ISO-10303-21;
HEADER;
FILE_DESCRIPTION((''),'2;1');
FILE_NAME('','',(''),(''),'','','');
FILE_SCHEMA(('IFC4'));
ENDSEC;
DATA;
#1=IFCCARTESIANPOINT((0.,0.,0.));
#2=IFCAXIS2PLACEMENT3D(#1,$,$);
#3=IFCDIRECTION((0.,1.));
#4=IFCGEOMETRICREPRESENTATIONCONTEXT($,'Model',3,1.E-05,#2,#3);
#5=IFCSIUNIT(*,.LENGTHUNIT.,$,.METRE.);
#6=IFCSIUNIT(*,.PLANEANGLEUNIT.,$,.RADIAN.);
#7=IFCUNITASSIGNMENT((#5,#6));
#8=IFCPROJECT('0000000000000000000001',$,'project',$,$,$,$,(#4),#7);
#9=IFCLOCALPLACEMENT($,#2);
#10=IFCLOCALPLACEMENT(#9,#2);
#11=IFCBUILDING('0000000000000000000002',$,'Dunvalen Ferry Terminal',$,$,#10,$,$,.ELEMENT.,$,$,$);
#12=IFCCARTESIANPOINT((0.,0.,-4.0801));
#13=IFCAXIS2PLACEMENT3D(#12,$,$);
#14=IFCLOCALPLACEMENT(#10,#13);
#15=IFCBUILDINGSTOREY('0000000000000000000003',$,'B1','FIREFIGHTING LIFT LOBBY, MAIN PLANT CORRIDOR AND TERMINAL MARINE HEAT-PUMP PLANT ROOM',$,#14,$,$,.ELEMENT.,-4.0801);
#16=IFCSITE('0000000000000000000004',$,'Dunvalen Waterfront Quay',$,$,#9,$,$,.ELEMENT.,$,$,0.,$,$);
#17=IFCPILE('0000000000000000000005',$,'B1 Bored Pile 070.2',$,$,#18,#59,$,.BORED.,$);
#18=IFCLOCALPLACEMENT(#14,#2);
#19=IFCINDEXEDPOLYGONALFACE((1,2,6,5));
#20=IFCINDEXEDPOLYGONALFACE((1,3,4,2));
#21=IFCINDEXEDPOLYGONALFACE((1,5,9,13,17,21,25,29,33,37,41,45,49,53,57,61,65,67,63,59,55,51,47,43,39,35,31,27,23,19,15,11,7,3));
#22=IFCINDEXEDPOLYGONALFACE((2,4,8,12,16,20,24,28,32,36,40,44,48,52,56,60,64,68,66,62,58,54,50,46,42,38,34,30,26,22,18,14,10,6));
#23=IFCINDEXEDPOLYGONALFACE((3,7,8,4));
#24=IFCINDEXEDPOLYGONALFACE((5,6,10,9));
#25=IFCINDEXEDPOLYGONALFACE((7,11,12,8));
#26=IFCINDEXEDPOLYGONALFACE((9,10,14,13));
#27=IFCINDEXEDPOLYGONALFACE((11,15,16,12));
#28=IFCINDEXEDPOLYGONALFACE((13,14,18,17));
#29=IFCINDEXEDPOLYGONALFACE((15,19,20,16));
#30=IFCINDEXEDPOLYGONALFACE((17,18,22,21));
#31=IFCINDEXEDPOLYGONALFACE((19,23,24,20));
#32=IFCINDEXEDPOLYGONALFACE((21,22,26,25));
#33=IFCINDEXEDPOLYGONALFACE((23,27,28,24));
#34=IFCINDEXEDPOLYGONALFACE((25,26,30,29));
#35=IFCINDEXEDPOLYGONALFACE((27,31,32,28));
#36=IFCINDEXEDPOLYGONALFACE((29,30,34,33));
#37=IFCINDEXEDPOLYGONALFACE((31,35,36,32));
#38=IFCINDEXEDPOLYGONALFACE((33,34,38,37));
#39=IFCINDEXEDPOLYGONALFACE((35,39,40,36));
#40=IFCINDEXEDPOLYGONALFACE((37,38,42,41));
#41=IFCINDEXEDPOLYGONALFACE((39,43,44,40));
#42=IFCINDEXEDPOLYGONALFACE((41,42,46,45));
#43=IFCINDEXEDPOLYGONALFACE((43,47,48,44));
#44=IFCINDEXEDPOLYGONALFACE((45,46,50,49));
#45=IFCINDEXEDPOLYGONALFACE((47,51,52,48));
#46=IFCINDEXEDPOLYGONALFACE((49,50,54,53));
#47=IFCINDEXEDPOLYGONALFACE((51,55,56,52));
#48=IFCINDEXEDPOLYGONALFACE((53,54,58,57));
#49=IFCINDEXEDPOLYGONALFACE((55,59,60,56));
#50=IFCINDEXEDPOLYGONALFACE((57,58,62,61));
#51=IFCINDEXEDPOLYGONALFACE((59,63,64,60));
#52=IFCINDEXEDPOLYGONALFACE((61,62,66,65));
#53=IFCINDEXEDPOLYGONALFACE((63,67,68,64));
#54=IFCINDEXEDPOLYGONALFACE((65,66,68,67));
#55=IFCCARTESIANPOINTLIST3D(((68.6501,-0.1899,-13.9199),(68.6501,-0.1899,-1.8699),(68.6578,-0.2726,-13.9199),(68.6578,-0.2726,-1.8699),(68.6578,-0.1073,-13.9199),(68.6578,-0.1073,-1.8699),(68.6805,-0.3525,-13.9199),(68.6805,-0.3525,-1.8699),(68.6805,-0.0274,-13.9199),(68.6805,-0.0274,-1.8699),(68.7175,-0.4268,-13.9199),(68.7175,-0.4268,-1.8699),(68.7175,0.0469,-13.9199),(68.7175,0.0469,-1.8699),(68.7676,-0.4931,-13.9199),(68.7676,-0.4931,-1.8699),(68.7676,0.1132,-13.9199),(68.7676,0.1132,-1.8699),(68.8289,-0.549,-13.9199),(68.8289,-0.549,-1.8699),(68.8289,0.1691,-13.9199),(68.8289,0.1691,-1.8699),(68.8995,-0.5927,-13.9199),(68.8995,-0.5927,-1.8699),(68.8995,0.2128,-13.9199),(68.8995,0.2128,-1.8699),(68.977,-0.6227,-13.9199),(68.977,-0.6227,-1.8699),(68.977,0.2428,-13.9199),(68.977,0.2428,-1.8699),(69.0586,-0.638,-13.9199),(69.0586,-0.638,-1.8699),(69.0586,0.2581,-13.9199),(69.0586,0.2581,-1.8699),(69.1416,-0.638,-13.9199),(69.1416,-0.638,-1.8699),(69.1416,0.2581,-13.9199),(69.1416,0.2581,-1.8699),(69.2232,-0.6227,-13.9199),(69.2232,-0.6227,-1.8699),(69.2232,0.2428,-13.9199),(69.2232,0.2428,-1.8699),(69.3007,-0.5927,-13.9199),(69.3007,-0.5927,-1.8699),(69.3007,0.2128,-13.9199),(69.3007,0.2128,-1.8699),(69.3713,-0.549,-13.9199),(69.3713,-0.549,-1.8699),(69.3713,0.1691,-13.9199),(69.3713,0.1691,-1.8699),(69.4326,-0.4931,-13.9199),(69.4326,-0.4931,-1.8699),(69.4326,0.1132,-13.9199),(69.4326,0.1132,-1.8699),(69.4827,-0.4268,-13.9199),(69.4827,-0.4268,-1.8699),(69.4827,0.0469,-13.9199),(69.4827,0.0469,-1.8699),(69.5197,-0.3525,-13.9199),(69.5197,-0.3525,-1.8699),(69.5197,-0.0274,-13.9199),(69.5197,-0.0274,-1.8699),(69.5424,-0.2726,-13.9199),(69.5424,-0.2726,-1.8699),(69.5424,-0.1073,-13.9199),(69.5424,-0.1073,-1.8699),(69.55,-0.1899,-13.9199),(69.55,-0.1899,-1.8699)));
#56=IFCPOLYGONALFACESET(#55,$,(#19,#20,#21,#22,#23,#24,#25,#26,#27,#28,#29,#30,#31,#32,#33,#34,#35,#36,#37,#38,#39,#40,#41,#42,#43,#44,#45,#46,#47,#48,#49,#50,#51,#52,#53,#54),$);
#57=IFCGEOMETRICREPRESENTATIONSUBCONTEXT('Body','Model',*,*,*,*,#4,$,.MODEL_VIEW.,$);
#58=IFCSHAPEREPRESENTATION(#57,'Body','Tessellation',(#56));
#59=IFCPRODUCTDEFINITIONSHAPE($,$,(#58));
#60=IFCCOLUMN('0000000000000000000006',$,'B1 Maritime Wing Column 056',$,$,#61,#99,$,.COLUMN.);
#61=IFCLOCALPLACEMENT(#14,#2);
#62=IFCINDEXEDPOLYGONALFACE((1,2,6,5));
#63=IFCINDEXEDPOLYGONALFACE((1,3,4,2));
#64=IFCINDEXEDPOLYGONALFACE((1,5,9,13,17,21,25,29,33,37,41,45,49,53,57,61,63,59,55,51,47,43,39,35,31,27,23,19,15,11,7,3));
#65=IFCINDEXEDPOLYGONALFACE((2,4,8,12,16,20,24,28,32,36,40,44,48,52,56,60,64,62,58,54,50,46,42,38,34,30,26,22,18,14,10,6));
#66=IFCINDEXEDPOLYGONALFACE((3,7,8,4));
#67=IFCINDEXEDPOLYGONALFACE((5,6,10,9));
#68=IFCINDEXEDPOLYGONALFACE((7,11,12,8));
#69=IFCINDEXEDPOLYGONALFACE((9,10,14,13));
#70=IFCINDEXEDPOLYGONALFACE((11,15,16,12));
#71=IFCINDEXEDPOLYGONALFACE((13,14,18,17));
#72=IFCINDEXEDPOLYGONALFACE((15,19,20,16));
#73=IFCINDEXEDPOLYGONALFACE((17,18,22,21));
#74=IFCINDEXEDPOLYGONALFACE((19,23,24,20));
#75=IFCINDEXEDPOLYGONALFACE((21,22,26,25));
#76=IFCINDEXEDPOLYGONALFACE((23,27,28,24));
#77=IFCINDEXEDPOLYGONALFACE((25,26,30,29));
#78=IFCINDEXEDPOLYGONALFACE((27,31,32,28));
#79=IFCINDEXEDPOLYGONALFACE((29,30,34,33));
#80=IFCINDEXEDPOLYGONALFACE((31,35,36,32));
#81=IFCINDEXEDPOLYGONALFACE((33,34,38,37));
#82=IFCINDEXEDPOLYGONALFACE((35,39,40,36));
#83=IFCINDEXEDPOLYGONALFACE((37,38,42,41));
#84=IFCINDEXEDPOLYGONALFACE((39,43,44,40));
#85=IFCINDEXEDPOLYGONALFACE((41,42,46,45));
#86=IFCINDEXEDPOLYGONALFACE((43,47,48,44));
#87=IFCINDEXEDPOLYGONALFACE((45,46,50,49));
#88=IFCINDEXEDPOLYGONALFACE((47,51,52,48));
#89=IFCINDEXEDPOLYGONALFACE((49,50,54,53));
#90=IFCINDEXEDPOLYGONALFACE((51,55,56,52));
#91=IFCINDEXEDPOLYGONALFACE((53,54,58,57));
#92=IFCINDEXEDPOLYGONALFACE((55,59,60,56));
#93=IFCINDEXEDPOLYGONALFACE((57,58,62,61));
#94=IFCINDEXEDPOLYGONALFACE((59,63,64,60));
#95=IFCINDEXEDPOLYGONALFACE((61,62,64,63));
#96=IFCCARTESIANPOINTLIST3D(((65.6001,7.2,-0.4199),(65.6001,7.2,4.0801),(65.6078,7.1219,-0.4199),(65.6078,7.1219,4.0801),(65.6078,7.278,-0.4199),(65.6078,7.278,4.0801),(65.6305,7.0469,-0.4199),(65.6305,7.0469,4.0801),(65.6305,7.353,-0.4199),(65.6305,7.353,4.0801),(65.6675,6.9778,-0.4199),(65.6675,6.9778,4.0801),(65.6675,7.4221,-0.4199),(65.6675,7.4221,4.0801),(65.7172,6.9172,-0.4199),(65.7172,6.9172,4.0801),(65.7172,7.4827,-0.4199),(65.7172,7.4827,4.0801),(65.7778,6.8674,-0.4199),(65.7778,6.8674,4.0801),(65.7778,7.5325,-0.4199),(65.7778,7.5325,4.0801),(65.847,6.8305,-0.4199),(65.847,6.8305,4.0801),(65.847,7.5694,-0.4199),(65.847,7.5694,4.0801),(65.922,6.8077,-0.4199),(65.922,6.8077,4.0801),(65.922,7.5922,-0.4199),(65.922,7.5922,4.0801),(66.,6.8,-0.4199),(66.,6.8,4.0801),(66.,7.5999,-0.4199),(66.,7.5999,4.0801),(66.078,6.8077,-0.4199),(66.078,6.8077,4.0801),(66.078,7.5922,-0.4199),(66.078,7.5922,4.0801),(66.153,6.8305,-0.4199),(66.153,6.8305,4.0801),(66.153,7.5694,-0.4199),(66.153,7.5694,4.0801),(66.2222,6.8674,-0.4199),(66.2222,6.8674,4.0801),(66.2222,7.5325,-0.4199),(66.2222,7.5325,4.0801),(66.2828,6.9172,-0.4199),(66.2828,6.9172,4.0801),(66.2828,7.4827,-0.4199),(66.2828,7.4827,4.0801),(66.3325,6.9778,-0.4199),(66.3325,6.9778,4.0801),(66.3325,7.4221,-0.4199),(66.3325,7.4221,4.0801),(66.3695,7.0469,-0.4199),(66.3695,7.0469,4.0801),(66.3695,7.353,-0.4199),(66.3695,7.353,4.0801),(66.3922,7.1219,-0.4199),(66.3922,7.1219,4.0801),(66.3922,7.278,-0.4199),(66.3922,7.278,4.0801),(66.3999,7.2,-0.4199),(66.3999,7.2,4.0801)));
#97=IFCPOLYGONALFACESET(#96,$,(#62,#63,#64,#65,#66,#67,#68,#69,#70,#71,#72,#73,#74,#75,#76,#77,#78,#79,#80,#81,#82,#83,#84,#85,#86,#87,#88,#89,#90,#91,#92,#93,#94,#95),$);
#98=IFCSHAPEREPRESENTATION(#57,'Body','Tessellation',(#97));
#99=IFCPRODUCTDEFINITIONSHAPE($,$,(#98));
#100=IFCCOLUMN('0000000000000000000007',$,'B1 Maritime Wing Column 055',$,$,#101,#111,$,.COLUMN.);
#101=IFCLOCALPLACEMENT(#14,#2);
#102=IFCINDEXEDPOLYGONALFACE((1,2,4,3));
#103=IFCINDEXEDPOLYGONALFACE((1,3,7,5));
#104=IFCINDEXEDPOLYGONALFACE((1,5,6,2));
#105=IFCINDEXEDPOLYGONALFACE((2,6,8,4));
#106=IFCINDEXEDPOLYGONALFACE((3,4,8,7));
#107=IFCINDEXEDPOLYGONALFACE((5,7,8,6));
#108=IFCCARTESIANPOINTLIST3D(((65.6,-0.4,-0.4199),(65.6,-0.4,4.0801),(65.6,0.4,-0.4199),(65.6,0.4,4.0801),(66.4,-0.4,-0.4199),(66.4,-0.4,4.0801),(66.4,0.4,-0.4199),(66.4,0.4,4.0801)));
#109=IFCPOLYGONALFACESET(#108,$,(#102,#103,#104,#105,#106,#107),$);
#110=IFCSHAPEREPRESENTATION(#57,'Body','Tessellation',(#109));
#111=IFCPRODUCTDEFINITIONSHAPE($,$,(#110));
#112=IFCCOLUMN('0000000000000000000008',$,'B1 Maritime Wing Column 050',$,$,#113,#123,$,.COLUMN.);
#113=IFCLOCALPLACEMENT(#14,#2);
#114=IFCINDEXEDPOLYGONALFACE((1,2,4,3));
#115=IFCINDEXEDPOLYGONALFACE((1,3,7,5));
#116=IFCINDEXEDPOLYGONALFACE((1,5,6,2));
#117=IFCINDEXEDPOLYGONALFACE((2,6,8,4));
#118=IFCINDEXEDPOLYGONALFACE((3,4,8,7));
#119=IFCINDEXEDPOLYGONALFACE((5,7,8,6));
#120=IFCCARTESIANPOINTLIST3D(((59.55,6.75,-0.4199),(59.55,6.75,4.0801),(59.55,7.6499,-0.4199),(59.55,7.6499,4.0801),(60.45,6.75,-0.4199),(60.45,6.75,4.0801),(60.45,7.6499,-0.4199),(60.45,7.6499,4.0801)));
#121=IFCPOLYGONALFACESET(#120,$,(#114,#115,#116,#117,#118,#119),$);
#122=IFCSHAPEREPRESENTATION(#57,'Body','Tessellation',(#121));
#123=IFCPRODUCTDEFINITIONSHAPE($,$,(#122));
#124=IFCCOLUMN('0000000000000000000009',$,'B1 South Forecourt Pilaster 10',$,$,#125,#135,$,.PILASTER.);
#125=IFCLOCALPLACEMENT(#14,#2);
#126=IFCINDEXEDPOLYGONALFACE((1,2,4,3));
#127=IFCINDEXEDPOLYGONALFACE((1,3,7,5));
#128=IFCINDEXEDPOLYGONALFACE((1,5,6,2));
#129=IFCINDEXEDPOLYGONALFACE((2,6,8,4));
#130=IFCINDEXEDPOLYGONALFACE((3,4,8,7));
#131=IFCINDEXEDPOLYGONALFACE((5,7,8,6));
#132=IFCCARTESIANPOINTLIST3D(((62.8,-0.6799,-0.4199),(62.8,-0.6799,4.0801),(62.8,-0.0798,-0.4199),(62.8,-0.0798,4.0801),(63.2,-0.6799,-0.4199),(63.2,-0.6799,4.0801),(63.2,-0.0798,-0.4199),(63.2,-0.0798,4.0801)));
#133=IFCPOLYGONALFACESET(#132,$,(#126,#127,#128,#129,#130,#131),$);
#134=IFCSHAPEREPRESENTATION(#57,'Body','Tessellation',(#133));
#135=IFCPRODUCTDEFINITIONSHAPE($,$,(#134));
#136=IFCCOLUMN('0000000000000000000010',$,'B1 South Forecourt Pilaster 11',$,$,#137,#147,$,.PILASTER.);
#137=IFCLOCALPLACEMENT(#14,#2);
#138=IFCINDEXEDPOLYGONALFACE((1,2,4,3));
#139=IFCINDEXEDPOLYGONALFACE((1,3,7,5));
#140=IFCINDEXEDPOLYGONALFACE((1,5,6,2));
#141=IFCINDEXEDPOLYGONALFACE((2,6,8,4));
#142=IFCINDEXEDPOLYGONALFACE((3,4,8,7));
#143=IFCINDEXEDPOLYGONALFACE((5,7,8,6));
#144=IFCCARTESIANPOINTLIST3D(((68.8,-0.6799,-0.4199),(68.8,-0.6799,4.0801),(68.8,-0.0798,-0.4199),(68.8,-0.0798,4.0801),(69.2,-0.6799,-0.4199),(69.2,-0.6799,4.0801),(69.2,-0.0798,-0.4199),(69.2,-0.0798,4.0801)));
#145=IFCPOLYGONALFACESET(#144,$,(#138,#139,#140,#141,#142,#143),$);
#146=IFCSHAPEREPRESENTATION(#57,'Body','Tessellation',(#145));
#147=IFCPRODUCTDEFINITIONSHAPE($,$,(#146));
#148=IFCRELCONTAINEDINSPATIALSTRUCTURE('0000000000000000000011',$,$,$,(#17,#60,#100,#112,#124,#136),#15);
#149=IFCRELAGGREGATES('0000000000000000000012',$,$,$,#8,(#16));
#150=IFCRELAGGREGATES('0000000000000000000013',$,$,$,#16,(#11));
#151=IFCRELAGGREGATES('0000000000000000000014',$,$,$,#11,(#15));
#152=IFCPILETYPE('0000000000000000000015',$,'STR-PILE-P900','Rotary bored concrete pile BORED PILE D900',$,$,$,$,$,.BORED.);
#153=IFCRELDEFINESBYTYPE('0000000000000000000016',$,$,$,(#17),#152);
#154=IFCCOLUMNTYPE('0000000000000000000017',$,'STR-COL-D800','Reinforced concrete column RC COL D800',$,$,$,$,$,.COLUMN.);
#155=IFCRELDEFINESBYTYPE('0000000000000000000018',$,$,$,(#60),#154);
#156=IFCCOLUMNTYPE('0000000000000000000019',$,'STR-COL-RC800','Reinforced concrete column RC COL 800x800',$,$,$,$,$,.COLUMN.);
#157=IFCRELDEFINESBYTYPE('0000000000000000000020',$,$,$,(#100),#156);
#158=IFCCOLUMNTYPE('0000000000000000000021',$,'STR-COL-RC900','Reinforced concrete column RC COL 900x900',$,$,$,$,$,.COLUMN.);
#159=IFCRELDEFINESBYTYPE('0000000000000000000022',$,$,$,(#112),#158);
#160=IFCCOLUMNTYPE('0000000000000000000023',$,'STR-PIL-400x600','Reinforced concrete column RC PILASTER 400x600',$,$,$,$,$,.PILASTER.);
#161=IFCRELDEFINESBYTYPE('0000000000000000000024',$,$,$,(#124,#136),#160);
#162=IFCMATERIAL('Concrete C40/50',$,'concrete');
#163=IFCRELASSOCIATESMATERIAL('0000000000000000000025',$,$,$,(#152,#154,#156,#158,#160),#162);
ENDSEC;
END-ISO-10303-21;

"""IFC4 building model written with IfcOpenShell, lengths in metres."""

from ifc_helpers import new_model, si_unit, direction, frame, origin, origin_2d, place, context, subcontext, project, spatial, rectangle, circle, extrude, material, material_profile, profile_set, type_object, element, save


model = new_model("IFC4")

# Units and contexts
model_context = context("Model", 3, precision=1e-05, world=origin(), true_north=direction((0.0, 1.0)))
body_context = subcontext(model_context, "Body", "Model", "MODEL_VIEW")
ifc_project = project(units=[si_unit("LENGTHUNIT", "METRE"), si_unit("PLANEANGLEUNIT", "RADIAN")], contexts=[model_context])

# Site, building, storey
site_placement = place(None, origin())
site = spatial("IfcSite", under=ifc_project, at=site_placement, Name="Dunvalen Waterfront Quay", CompositionType="ELEMENT", RefElevation=0.0)
building_placement = place(site_placement, origin())
building = spatial("IfcBuilding", under=site, at=building_placement, Name="Dunvalen Ferry Terminal", CompositionType="ELEMENT")
storey_placement = place(building_placement, frame((0.0, 0.0, -4.0801)))
storey = spatial("IfcBuildingStorey", under=building, at=storey_placement, Name="B1", Description="FIREFIGHTING LIFT LOBBY, MAIN PLANT CORRIDOR AND TERMINAL MARINE HEAT-PUMP PLANT ROOM", CompositionType="ELEMENT", Elevation=-4.0801)

# Shared definitions
ifc_material = material(Name="Concrete C40/50", Category="concrete")

# Pile
ifc_material_profile_1 = material_profile(ifc_material, circle(Radius=0.45, at=origin_2d()), Name="Concrete C40/50")
ifc_profile_set_1 = profile_set([ifc_material_profile_1], Name="Concrete C40/50")
pile_type_1 = type_object("IfcPileType", Name="STR-PILE-P900", Description="Rotary bored concrete pile BORED PILE D900", PredefinedType="BORED", material=ifc_profile_set_1)
for number, where, z_axis, x_axis, name in (
    (1, (69.1001, -0.1899, -1.8699), (0.0, 0.0, -1.0), (1.0, 0.0, 0.0), "B1 Bored Pile 070.2"),
):
    element("IfcPile", number, at=place(storey_placement, frame(where, z_axis=z_axis, x_axis=x_axis)), inside=storey, type_object=pile_type_1, Name=name, PredefinedType="BORED", context=body_context, shape_type="SweptSolid", body=[
        extrude(circle(Radius=0.45, at=origin_2d()), origin(), (0.0, 0.0, 1.0), 12.05),
    ])

# Columns
ifc_material_profile_2 = material_profile(ifc_material, circle(Radius=0.3999, at=origin_2d()), Name="Concrete C40/50")
ifc_profile_set_2 = profile_set([ifc_material_profile_2], Name="Concrete C40/50")
column_type_1 = type_object("IfcColumnType", Name="STR-COL-D800", Description="Reinforced concrete column RC COL D800", PredefinedType="COLUMN", material=ifc_profile_set_2)
column_1_placement = place(storey_placement, frame((66.0, 7.2, -0.4199), z_axis=(0.0, 0.0, 1.0), x_axis=(1.0, 0.0, 0.0)))
element("IfcColumn", 2, at=column_1_placement, inside=storey, type_object=column_type_1, Name="B1 Maritime Wing Column 056", PredefinedType="COLUMN", context=body_context, shape_type="SweptSolid", body=[
    extrude(circle(Radius=0.3999, at=origin_2d()), origin(), (0.0, 0.0, 1.0), 4.5),
])
ifc_material_profile_3 = material_profile(ifc_material, rectangle(XDim=0.8, YDim=0.8, at=origin_2d()), Name="Concrete C40/50")
ifc_profile_set_3 = profile_set([ifc_material_profile_3], Name="Concrete C40/50")
column_type_2 = type_object("IfcColumnType", Name="STR-COL-RC800", Description="Reinforced concrete column RC COL 800x800", PredefinedType="COLUMN", material=ifc_profile_set_3)
column_2_placement = place(storey_placement, frame((66.0, 0.0, -0.4199), z_axis=(0.0, 0.0, 1.0), x_axis=(1.0, 0.0, 0.0)))
element("IfcColumn", 3, at=column_2_placement, inside=storey, type_object=column_type_2, Name="B1 Maritime Wing Column 055", PredefinedType="COLUMN", context=body_context, shape_type="SweptSolid", body=[
    extrude(rectangle(XDim=0.8, YDim=0.8, at=origin_2d()), origin(), (0.0, 0.0, 1.0), 4.5),
])
ifc_material_profile_4 = material_profile(ifc_material, rectangle(XDim=0.8999, YDim=0.8999, at=origin_2d()), Name="Concrete C40/50")
ifc_profile_set_4 = profile_set([ifc_material_profile_4], Name="Concrete C40/50")
column_type_3 = type_object("IfcColumnType", Name="STR-COL-RC900", Description="Reinforced concrete column RC COL 900x900", PredefinedType="COLUMN", material=ifc_profile_set_4)
column_3_placement = place(storey_placement, frame((60.0, 7.2, -0.4199), z_axis=(0.0, 0.0, 1.0), x_axis=(1.0, 0.0, 0.0)))
element("IfcColumn", 4, at=column_3_placement, inside=storey, type_object=column_type_3, Name="B1 Maritime Wing Column 050", PredefinedType="COLUMN", context=body_context, shape_type="SweptSolid", body=[
    extrude(rectangle(XDim=0.8999, YDim=0.8999, at=origin_2d()), origin(), (0.0, 0.0, 1.0), 4.5),
])
ifc_material_profile_5 = material_profile(ifc_material, rectangle(XDim=0.3999, YDim=0.6001, at=origin_2d()), Name="Concrete C40/50")
ifc_profile_set_5 = profile_set([ifc_material_profile_5], Name="Concrete C40/50")
column_type_4 = type_object("IfcColumnType", Name="STR-PIL-400x600", Description="Reinforced concrete column RC PILASTER 400x600", PredefinedType="PILASTER", material=ifc_profile_set_5)
for number, where, z_axis, x_axis, name in (
    (5, (63.0, -0.3799, -0.4199), (0.0, 0.0, 1.0), (1.0, 0.0, 0.0), "B1 South Forecourt Pilaster 10"),
    (6, (69.0, -0.3799, -0.4199), (0.0, 0.0, 1.0), (1.0, 0.0, 0.0), "B1 South Forecourt Pilaster 11"),
):
    element("IfcColumn", number, at=place(storey_placement, frame(where, z_axis=z_axis, x_axis=x_axis)), inside=storey, type_object=column_type_4, Name=name, PredefinedType="PILASTER", context=body_context, shape_type="SweptSolid", body=[
        extrude(rectangle(XDim=0.3999, YDim=0.6001, at=origin_2d()), origin(), (0.0, 0.0, 1.0), 4.5),
    ])

save(model, "model.ifc")
